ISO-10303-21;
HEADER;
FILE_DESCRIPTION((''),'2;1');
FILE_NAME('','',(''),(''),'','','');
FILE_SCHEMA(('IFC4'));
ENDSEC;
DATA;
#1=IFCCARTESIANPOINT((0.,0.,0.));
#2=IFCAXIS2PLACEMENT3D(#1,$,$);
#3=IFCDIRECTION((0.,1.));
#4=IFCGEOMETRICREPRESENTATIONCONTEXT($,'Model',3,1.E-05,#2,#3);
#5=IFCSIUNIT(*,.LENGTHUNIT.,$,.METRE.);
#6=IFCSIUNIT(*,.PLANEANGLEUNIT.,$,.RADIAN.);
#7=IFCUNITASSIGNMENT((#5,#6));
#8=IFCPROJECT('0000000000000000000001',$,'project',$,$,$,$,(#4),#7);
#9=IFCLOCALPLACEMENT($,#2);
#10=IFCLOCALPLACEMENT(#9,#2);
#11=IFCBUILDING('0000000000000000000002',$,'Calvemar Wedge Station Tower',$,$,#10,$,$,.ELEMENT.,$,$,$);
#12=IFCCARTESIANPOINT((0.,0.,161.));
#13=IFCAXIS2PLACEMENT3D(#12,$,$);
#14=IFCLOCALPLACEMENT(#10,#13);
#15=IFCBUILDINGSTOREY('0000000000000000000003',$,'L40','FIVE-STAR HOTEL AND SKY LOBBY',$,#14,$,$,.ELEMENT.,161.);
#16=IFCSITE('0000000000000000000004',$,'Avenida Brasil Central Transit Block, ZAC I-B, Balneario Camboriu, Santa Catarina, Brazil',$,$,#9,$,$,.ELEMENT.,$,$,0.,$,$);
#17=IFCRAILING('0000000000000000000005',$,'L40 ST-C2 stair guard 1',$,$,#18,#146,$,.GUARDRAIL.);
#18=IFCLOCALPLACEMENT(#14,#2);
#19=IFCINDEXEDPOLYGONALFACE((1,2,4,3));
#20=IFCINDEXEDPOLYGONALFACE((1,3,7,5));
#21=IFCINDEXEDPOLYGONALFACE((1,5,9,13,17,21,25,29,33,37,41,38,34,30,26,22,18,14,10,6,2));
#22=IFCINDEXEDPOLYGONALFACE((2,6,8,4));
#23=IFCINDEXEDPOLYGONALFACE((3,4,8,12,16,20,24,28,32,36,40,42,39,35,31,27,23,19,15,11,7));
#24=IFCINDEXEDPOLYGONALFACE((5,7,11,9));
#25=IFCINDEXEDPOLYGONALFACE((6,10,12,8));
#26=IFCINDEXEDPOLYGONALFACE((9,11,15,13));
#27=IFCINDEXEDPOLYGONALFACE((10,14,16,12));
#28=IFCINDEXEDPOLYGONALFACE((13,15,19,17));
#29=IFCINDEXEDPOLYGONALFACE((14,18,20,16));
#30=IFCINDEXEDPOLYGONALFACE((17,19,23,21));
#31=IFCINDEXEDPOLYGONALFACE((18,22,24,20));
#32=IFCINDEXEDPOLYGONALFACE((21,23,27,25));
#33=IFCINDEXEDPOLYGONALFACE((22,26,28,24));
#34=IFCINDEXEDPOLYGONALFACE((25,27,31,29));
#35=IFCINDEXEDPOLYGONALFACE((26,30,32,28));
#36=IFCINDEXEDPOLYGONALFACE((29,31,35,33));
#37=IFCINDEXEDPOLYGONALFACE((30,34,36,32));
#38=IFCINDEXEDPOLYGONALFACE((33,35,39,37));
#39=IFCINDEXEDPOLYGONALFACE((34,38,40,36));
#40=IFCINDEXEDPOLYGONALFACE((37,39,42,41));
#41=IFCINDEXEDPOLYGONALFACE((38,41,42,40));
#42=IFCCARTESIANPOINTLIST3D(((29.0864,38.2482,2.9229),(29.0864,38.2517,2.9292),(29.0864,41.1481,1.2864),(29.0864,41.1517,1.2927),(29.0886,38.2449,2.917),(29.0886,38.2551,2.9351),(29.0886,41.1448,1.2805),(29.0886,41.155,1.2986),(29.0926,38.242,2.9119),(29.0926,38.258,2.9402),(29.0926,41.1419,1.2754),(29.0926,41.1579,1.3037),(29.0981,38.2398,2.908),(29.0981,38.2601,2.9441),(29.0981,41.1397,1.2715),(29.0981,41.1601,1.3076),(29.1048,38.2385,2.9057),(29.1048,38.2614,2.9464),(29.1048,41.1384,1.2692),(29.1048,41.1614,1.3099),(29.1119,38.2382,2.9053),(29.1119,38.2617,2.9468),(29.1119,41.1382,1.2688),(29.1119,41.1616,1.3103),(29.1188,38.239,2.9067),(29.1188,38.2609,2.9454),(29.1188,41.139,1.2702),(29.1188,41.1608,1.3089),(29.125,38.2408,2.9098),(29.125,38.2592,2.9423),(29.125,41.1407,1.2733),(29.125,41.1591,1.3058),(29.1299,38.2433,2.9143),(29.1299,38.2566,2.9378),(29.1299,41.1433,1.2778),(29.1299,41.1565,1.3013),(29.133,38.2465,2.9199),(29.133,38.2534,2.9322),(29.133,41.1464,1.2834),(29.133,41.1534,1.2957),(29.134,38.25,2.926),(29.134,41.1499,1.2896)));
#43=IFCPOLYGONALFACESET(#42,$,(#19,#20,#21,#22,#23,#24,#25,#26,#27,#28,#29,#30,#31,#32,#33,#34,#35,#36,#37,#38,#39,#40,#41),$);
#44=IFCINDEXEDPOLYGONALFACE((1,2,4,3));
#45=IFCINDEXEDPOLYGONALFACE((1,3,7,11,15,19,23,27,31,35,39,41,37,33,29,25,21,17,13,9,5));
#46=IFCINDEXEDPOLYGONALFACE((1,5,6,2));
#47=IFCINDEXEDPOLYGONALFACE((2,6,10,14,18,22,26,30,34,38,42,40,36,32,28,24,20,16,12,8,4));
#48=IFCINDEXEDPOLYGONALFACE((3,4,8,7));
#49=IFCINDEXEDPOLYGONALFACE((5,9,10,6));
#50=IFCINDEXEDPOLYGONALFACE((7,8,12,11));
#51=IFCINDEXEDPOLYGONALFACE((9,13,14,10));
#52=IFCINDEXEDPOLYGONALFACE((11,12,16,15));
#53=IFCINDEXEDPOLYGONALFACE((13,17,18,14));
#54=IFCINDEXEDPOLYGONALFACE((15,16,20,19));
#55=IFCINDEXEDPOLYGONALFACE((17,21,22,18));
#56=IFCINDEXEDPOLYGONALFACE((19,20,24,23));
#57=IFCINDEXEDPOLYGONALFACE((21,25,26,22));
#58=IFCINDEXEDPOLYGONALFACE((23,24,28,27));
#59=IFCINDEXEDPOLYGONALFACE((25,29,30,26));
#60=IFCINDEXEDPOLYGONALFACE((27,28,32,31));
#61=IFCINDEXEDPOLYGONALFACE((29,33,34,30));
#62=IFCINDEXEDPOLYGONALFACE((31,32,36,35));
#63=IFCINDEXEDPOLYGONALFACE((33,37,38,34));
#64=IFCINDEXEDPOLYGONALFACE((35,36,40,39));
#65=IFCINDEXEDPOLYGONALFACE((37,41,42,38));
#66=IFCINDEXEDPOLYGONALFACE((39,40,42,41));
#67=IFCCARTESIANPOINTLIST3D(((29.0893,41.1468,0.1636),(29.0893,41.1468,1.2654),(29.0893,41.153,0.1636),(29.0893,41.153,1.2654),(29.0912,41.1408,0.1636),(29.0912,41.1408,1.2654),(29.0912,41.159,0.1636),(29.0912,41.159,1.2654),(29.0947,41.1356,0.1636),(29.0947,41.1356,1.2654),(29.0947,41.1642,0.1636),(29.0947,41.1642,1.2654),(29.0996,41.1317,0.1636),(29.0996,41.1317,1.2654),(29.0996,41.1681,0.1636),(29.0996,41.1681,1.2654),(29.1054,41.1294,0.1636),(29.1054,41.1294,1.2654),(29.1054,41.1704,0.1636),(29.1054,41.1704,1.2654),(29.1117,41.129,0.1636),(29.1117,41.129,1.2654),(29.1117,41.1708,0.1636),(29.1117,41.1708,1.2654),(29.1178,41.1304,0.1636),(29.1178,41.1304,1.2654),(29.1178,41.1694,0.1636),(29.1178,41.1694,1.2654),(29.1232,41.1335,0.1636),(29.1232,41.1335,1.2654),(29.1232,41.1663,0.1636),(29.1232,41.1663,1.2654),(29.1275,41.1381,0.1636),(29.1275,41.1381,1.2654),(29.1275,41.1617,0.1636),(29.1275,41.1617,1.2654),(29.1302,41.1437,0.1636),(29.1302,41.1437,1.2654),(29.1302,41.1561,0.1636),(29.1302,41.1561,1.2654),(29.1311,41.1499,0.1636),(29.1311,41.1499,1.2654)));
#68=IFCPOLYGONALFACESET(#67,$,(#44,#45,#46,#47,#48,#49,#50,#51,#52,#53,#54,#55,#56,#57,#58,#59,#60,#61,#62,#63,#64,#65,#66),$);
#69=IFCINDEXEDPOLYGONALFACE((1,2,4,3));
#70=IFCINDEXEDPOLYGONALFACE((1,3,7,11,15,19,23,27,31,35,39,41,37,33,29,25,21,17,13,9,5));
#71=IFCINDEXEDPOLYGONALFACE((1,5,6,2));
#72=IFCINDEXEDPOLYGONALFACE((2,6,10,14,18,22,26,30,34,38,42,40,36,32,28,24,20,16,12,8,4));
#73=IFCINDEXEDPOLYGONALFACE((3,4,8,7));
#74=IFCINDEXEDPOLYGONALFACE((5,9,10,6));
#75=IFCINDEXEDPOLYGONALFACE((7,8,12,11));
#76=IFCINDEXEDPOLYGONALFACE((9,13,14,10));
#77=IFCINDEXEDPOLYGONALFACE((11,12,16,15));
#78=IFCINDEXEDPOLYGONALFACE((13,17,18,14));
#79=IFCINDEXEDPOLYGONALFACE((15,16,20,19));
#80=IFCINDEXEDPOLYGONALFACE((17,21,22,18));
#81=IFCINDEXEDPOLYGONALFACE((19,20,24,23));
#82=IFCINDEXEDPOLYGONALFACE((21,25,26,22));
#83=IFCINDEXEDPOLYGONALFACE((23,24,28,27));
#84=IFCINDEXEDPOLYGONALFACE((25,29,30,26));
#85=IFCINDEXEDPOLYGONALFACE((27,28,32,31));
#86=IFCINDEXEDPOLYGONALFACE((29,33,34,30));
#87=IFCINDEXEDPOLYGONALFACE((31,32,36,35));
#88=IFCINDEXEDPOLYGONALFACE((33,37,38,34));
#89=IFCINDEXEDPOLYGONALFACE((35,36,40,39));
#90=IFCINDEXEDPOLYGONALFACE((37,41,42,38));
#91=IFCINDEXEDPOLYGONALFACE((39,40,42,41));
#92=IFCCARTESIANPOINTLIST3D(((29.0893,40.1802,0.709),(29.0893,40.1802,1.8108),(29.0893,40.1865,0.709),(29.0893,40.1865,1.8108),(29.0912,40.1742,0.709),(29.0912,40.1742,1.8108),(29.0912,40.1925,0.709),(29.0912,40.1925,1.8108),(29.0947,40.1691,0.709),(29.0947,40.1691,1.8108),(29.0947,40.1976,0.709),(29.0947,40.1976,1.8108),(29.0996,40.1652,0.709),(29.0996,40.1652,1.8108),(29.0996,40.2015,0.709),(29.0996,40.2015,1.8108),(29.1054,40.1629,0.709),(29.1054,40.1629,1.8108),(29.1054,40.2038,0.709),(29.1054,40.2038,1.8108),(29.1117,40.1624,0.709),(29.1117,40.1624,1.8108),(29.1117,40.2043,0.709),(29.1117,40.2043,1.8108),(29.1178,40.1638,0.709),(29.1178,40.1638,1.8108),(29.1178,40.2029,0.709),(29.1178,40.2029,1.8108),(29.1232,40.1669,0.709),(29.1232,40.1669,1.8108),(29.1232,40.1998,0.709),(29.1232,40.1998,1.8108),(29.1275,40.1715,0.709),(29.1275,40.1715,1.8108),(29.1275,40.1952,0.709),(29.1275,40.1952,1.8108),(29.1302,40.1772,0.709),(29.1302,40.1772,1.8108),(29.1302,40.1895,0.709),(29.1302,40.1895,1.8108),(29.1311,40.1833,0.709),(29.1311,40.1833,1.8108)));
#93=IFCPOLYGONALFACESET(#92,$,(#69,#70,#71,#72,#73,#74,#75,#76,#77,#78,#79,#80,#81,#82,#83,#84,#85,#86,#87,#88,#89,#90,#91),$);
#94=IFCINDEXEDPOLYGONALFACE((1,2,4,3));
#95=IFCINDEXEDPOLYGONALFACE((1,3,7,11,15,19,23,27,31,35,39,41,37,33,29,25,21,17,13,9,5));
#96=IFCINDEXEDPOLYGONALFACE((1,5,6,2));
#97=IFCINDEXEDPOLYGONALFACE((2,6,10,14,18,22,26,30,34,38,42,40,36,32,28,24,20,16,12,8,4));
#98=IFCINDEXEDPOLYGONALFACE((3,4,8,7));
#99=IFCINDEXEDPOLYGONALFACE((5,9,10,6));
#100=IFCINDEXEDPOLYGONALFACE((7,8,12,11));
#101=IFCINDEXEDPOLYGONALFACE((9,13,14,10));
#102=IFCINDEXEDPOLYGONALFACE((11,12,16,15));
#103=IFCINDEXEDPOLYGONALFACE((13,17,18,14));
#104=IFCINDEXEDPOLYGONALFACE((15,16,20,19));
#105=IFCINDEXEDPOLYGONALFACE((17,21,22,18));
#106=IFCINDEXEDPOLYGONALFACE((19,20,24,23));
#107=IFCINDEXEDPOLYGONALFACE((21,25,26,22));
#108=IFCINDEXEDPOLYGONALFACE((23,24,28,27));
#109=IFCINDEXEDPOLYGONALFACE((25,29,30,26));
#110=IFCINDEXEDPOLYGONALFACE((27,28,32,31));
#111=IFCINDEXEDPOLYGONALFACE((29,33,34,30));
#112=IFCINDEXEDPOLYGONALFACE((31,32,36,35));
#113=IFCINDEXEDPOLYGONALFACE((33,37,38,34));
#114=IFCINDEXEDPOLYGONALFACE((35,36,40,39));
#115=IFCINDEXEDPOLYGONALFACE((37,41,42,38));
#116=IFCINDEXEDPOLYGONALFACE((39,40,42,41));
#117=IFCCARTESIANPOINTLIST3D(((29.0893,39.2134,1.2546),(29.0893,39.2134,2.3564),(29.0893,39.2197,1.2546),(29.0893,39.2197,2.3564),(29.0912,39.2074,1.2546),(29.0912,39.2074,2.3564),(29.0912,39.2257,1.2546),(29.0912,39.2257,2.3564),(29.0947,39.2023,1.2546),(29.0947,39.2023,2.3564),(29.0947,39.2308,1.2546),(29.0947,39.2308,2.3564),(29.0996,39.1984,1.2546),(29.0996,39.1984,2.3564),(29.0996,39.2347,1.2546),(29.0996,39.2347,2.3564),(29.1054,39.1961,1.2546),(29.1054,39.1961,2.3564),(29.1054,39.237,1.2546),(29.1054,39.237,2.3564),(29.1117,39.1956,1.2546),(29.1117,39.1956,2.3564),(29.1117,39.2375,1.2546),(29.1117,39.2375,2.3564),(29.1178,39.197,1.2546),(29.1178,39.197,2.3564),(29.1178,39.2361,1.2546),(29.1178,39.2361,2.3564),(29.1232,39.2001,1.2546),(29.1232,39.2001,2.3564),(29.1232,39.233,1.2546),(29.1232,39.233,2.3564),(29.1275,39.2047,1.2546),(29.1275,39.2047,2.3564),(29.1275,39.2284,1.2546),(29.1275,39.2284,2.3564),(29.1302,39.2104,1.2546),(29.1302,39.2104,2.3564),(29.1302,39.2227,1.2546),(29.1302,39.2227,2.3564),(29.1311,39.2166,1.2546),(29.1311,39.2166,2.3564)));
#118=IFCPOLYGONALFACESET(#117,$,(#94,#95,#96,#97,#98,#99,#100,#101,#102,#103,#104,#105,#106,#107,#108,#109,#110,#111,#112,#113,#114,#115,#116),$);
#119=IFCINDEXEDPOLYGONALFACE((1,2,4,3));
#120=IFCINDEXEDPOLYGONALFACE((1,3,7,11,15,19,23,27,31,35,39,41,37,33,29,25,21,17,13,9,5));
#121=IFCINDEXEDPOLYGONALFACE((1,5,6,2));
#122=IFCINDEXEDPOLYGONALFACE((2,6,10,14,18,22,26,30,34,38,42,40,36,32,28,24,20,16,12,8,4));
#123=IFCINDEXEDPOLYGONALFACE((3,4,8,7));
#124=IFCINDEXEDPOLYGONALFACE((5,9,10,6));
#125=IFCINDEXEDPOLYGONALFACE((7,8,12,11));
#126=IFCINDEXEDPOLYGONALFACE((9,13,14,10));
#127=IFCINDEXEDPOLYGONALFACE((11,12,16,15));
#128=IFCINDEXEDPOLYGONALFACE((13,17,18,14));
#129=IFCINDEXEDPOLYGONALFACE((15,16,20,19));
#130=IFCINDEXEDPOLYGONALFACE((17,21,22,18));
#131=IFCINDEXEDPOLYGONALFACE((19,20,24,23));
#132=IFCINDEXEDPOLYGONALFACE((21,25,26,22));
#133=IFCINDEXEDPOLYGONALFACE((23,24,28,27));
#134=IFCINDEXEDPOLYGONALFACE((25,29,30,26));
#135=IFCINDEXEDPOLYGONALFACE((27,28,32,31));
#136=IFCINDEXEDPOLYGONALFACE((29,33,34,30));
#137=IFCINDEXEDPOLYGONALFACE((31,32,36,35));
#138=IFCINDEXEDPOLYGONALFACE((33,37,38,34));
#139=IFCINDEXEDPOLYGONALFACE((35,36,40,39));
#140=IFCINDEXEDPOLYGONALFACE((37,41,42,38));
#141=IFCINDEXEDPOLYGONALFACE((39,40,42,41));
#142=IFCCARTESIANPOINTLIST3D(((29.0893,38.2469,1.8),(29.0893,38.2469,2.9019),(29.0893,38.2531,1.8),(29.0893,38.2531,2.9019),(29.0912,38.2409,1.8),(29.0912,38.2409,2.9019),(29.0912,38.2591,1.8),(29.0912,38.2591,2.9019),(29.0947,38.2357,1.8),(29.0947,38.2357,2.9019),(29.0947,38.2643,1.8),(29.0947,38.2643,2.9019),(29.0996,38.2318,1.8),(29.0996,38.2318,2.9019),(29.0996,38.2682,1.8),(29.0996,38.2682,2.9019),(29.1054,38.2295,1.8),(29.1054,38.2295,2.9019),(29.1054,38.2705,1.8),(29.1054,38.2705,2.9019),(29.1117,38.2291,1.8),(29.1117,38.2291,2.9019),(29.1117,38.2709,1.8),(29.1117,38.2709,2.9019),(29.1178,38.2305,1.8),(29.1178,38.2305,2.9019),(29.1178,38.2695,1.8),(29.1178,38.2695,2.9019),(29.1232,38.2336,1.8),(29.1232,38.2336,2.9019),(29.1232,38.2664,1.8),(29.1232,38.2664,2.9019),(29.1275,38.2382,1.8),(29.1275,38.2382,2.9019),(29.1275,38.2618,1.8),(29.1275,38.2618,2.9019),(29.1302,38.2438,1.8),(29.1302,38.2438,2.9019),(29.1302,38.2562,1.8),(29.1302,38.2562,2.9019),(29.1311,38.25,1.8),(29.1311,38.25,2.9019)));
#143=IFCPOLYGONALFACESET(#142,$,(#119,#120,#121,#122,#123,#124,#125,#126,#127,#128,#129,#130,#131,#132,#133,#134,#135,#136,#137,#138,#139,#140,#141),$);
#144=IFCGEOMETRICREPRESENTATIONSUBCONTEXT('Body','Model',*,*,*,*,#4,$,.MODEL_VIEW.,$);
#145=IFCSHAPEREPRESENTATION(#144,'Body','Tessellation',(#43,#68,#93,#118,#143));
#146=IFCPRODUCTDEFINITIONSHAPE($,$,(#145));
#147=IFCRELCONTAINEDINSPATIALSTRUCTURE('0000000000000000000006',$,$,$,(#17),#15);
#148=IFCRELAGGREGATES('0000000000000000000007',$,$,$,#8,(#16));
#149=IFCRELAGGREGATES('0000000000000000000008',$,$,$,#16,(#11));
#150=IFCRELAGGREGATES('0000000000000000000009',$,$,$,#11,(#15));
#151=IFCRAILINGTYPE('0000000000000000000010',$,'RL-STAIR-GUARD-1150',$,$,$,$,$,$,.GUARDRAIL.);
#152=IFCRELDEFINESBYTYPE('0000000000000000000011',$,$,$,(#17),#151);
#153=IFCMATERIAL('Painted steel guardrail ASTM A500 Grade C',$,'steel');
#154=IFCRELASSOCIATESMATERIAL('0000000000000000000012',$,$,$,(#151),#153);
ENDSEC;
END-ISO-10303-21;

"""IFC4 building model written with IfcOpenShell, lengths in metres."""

from ifc_helpers import new_model, si_unit, direction, frame, origin, origin_2d, place, context, subcontext, project, spatial, circle, extrude, material, type_object, element, save


model = new_model("IFC4")

# Units and contexts
model_context = context("Model", 3, precision=1e-05, world=origin(), true_north=direction((0.0, 1.0)))
body_context = subcontext(model_context, "Body", "Model", "MODEL_VIEW")
ifc_project = project(units=[si_unit("LENGTHUNIT", "METRE"), si_unit("PLANEANGLEUNIT", "RADIAN")], contexts=[model_context])

# Site, building, storey
site_placement = place(None, origin())
site = spatial("IfcSite", under=ifc_project, at=site_placement, Name="Avenida Brasil Central Transit Block, ZAC I-B, Balneario Camboriu, Santa Catarina, Brazil", CompositionType="ELEMENT", RefElevation=0.0)
building_placement = place(site_placement, origin())
building = spatial("IfcBuilding", under=site, at=building_placement, Name="Calvemar Wedge Station Tower", CompositionType="ELEMENT")
storey_placement = place(building_placement, frame((0.0, 0.0, 161.0)))
storey = spatial("IfcBuildingStorey", under=building, at=storey_placement, Name="L40", Description="FIVE-STAR HOTEL AND SKY LOBBY", CompositionType="ELEMENT", Elevation=161.0)

# Railing
ifc_material_1 = material(Name="Painted steel guardrail ASTM A500 Grade C", Category="steel")
railing_type_1 = type_object("IfcRailingType", Name="RL-STAIR-GUARD-1150", PredefinedType="GUARDRAIL", material=ifc_material_1)
railing_1_placement = place(storey_placement, frame((29.1101, 41.1499, 0.1636)))
element("IfcRailing", 1, at=railing_1_placement, inside=storey, type_object=railing_type_1, Name="L40 ST-C2 stair guard 1", PredefinedType="GUARDRAIL", context=body_context, shape_type="SweptSolid", body=[
    extrude(circle(Radius=0.0239, at=origin_2d()), frame((0.0, 0.0, 1.126), z_axis=(0.0, -0.870897, 0.491465), x_axis=(1.0, 0.0, 0.0)), (0.0, 0.0, 1.0), 3.3298),
    extrude(circle(Radius=0.021, at=origin_2d()), origin(), (0.0, 0.0, 1.0), 1.1018),
    extrude(circle(Radius=0.021, at=origin_2d()), frame((0.0, -0.9666, 0.5454)), (0.0, 0.0, 1.0), 1.1018),
    extrude(circle(Radius=0.021, at=origin_2d()), frame((0.0, -1.9333, 1.0911)), (0.0, 0.0, 1.0), 1.1018),
    extrude(circle(Radius=0.021, at=origin_2d()), frame((0.0, -2.8999, 1.6365)), (0.0, 0.0, 1.0), 1.1018),
])

save(model, "model.ifc")
